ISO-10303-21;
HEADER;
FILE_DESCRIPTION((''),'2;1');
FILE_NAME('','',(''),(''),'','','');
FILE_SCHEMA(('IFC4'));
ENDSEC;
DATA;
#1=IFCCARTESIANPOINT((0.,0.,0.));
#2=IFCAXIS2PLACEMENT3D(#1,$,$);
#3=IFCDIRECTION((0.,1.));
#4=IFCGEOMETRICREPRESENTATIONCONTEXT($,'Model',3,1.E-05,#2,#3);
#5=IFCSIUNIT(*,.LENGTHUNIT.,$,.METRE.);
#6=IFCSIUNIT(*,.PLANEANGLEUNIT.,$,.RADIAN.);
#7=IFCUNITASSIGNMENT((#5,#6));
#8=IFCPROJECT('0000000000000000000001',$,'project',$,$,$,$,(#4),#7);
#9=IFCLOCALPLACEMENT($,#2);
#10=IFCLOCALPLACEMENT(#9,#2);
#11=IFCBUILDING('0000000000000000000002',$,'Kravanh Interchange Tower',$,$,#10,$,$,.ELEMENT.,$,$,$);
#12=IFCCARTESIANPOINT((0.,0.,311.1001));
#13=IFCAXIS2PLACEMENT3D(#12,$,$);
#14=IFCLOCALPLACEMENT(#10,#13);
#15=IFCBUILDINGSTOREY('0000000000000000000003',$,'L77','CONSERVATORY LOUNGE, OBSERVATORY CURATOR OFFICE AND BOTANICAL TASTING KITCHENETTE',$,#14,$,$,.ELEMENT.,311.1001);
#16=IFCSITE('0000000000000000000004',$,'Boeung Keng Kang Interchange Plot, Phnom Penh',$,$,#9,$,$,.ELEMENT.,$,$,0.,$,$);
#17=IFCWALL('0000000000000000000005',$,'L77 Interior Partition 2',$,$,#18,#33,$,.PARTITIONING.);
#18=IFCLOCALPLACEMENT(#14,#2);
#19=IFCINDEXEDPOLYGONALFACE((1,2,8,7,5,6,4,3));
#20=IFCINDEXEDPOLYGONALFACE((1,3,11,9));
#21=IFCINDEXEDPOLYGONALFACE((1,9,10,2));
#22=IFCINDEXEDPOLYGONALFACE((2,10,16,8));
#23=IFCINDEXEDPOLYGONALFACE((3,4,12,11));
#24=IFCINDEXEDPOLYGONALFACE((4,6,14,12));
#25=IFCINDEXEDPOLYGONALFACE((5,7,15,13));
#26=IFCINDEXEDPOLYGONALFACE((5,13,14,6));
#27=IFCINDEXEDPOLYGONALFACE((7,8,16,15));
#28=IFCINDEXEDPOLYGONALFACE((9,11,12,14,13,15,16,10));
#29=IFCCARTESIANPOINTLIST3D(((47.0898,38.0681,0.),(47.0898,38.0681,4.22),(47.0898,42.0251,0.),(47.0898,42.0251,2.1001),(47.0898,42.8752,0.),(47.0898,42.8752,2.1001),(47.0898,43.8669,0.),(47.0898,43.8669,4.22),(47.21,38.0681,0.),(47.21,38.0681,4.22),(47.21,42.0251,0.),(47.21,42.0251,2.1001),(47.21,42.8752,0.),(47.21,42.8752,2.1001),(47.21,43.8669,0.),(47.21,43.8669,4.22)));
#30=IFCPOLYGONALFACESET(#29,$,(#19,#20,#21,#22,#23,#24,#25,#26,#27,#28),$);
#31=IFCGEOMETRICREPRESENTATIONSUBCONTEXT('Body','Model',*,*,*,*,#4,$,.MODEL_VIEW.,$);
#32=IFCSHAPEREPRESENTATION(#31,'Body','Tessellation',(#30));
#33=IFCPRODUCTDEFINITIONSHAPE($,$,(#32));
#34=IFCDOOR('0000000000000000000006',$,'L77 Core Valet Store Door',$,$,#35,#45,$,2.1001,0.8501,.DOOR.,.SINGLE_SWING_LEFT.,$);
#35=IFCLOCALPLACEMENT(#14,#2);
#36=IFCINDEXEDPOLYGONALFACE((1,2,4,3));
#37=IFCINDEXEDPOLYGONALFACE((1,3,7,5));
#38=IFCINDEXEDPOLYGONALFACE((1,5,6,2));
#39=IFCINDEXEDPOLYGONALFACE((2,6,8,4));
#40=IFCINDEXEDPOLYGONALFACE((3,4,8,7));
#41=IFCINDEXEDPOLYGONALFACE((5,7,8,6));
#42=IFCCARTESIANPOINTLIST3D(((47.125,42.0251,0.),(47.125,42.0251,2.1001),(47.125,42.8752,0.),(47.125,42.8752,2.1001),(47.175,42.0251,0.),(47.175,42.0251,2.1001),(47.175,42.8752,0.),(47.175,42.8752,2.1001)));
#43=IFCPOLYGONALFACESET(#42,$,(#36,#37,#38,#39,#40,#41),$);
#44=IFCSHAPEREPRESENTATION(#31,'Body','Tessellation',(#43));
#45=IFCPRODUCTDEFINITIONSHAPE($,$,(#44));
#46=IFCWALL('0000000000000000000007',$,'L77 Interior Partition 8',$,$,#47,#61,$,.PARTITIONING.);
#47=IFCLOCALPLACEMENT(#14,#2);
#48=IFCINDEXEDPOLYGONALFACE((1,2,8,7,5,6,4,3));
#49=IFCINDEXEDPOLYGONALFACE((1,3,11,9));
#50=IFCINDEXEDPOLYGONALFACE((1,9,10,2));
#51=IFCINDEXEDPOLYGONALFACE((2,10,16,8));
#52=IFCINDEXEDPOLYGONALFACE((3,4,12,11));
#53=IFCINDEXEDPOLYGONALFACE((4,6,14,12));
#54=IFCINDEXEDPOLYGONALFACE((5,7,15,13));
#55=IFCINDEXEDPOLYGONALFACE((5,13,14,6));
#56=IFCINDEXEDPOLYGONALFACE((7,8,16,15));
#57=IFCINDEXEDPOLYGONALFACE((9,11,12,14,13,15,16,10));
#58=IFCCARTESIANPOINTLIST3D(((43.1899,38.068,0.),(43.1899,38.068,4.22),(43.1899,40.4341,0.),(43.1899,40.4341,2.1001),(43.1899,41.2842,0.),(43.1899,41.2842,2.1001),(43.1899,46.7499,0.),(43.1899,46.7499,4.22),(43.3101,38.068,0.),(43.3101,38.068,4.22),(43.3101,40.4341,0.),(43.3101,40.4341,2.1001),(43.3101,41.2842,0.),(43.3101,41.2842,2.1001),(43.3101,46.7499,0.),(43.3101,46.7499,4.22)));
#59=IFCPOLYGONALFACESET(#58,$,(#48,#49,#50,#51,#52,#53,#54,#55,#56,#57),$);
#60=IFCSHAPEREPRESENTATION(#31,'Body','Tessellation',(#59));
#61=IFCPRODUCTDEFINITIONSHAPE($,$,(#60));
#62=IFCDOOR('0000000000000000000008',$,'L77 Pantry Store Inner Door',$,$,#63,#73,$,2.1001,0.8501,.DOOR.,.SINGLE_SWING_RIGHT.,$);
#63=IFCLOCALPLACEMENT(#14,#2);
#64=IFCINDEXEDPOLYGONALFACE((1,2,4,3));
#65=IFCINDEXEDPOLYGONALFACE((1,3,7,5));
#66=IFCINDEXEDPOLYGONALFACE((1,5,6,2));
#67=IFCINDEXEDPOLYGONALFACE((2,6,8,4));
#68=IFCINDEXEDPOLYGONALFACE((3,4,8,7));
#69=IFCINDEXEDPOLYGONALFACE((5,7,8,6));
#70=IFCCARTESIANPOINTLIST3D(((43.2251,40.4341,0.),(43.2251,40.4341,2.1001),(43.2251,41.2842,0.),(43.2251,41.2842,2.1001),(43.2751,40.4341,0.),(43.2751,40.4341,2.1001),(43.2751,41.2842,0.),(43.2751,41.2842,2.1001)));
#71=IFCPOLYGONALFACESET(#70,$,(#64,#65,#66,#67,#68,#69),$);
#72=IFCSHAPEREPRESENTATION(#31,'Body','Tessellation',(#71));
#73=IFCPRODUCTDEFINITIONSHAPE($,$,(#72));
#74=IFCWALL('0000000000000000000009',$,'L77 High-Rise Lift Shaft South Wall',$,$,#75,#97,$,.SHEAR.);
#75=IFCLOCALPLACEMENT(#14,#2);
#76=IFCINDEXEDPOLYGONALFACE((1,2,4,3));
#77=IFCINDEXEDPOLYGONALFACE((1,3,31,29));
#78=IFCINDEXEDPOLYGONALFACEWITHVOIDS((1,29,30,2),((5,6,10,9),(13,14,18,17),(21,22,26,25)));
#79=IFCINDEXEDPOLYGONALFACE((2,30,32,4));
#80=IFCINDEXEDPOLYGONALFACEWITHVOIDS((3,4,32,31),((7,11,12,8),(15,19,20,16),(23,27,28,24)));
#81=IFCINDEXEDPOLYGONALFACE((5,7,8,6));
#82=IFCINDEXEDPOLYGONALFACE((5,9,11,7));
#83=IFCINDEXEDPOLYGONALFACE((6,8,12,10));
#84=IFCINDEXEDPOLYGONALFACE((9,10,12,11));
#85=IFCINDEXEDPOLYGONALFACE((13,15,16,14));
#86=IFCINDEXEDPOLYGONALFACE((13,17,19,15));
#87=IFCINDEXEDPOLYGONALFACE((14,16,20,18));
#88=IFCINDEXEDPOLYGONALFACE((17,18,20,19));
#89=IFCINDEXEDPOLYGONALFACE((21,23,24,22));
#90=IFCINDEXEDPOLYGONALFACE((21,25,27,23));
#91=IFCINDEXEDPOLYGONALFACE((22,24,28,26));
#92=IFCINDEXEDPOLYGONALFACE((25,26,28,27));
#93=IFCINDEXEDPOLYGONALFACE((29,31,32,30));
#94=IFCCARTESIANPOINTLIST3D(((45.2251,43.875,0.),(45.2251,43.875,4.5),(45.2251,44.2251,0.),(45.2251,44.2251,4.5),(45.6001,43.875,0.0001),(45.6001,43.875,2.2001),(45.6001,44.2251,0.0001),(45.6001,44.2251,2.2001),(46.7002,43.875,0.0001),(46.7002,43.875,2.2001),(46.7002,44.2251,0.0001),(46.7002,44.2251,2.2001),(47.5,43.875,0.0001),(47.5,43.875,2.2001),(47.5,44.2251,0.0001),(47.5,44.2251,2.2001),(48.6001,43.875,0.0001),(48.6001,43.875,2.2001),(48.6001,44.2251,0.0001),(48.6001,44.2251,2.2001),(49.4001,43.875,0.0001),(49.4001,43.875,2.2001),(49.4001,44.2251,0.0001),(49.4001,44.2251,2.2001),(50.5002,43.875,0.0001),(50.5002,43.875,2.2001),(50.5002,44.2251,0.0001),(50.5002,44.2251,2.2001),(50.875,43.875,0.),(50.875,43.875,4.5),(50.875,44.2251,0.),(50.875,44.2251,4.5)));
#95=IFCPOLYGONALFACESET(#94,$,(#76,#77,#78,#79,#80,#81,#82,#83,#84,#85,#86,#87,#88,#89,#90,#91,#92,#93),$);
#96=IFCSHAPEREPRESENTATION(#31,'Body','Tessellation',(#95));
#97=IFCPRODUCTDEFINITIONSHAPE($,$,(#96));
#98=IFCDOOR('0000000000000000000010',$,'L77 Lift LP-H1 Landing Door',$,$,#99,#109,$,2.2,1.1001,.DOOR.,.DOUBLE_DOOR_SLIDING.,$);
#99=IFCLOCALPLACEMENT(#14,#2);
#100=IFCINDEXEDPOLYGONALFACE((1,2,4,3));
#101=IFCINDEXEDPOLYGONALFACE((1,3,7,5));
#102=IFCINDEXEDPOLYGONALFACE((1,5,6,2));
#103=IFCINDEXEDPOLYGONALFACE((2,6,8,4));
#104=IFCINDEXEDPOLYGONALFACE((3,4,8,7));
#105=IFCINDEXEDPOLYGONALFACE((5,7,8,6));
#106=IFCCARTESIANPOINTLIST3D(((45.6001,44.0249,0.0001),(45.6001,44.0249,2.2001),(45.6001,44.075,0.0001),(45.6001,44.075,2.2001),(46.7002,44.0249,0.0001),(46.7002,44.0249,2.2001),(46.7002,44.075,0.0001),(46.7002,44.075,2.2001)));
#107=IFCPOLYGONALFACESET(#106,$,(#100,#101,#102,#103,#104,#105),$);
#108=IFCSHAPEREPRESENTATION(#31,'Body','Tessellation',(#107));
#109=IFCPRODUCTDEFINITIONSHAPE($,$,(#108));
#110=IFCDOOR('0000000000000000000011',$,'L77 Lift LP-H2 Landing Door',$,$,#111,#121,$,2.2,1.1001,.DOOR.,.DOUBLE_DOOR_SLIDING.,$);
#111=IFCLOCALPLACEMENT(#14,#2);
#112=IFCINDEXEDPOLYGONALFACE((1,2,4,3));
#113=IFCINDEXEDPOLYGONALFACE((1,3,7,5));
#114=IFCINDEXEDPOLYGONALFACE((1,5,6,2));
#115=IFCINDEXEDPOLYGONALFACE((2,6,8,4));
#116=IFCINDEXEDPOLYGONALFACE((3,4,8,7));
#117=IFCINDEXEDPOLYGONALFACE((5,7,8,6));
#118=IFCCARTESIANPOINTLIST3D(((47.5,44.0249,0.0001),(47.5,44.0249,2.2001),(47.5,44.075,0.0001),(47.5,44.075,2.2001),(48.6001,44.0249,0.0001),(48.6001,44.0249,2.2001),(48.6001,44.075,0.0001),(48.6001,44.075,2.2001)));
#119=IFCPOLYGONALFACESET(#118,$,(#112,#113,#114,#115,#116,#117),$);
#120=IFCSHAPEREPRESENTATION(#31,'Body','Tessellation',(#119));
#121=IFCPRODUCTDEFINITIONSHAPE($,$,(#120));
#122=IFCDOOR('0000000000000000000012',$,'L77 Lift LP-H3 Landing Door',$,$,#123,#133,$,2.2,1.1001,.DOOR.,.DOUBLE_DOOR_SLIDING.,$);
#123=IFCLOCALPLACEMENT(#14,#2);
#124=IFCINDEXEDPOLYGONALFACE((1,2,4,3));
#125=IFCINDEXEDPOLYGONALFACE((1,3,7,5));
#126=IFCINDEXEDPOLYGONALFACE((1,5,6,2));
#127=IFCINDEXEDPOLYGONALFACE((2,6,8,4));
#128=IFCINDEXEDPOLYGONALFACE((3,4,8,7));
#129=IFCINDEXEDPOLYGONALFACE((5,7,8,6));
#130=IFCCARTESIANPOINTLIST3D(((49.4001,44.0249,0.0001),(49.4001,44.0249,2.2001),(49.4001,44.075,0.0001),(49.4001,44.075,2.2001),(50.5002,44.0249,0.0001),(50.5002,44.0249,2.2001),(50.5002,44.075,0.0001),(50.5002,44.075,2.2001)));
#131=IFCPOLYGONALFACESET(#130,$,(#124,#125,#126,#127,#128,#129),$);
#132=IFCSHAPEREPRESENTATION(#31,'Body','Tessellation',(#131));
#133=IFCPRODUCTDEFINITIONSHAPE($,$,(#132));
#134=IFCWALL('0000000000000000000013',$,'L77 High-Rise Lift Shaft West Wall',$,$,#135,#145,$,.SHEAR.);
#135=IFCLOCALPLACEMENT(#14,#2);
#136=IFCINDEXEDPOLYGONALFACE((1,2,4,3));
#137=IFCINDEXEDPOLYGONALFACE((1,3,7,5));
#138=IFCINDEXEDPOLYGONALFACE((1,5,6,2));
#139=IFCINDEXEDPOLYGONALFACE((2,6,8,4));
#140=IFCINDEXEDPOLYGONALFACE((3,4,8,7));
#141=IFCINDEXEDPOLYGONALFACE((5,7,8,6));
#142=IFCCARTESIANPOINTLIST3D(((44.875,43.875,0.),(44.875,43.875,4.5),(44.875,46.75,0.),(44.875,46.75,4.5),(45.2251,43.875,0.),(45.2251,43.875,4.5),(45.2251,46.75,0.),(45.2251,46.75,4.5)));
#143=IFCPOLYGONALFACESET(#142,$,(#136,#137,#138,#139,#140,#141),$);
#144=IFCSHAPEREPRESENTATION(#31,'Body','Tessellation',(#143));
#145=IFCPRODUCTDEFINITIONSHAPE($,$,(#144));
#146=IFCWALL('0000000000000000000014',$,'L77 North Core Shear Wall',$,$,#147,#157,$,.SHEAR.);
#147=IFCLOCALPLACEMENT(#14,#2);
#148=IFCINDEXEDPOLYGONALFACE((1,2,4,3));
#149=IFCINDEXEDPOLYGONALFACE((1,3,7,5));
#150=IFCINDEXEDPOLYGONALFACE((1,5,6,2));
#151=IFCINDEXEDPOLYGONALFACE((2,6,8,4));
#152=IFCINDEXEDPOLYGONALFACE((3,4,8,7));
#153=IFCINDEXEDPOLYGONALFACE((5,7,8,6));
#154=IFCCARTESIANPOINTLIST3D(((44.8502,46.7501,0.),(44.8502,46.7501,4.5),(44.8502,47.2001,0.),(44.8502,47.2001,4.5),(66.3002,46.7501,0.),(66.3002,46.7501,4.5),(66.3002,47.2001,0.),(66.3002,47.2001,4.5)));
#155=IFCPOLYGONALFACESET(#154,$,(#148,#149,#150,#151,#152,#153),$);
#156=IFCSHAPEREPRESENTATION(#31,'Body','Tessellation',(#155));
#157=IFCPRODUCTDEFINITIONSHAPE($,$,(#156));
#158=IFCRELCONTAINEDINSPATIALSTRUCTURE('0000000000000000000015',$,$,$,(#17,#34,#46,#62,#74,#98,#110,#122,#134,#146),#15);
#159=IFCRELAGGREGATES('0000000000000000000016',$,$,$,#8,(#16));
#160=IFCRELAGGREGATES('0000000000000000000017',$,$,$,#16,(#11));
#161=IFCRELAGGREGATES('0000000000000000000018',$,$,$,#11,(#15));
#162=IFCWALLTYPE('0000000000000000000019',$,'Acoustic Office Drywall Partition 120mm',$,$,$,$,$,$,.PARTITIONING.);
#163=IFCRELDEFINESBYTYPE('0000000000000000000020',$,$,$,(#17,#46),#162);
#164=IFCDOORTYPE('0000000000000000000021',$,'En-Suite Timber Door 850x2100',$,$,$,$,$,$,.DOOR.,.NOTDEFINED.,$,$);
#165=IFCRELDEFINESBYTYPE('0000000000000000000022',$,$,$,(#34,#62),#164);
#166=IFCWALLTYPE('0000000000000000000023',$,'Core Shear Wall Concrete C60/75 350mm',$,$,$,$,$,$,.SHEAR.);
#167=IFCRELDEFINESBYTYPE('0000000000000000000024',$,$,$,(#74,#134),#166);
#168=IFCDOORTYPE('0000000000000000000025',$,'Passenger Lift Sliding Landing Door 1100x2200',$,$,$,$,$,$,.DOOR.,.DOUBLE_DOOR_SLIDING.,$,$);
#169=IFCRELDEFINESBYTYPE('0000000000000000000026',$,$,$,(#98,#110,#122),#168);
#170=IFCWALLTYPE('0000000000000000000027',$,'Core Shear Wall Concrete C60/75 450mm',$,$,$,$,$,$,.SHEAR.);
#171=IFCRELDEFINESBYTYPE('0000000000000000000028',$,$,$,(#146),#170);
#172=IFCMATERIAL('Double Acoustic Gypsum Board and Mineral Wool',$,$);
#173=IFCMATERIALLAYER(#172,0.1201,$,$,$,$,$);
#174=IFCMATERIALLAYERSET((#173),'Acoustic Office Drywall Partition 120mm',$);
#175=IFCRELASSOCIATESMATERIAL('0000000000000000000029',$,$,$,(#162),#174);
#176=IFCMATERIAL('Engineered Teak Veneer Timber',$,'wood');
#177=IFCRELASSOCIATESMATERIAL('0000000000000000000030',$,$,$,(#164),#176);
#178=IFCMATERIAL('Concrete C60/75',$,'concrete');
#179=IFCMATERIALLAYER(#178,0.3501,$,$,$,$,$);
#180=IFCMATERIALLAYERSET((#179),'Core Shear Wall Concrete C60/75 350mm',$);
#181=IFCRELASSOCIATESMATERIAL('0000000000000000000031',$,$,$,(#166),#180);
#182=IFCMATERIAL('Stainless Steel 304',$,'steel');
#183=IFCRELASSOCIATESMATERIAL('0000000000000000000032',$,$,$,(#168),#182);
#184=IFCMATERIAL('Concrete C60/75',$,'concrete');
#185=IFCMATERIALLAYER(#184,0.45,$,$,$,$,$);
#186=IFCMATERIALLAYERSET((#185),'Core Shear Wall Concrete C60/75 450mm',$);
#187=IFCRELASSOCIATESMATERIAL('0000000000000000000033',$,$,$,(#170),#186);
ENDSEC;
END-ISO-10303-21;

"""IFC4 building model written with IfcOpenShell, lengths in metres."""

from ifc_helpers import new_model, si_unit, direction, frame, frame_2d, origin, place, context, subcontext, project, spatial, rectangle, extrude, material, layer, layer_set, type_object, element, fill, save


model = new_model("IFC4")

# Units and contexts
model_context = context("Model", 3, precision=1e-05, world=origin(), true_north=direction((0.0, 1.0)))
body_context = subcontext(model_context, "Body", "Model", "MODEL_VIEW")
ifc_project = project(units=[si_unit("LENGTHUNIT", "METRE"), si_unit("PLANEANGLEUNIT", "RADIAN")], contexts=[model_context])

# Site, building, storey
site_placement = place(None, origin())
site = spatial("IfcSite", under=ifc_project, at=site_placement, Name="Boeung Keng Kang Interchange Plot, Phnom Penh", CompositionType="ELEMENT", RefElevation=0.0)
building_placement = place(site_placement, origin())
building = spatial("IfcBuilding", under=site, at=building_placement, Name="Kravanh Interchange Tower", CompositionType="ELEMENT")
storey_placement = place(building_placement, frame((0.0, 0.0, 311.1001)))
storey = spatial("IfcBuildingStorey", under=building, at=storey_placement, Name="L77", Description="CONSERVATORY LOUNGE, OBSERVATORY CURATOR OFFICE AND BOTANICAL TASTING KITCHENETTE", CompositionType="ELEMENT", Elevation=311.1001)

# Walls, openings, doors
ifc_material_1 = material(Name="Double Acoustic Gypsum Board and Mineral Wool")
ifc_layer_1 = layer(ifc_material_1, 0.1201)
ifc_layer_set_1 = layer_set([ifc_layer_1], Name="Acoustic Office Drywall Partition 120mm")
wall_type_1 = type_object("IfcWallType", Name="Acoustic Office Drywall Partition 120mm", PredefinedType="PARTITIONING", material=ifc_layer_set_1)
wall_1_placement = place(storey_placement, frame((47.1499, 38.0681, 0.0), z_axis=(0.0, 0.0, 1.0), x_axis=(0.0, 1.0, 0.0)))
wall_1 = element("IfcWall", 1, at=wall_1_placement, inside=storey, type_object=wall_type_1, Name="L77 Interior Partition 2", PredefinedType="PARTITIONING", context=body_context, shape_type="SweptSolid", body=[
    extrude(rectangle(XDim=5.7988, YDim=0.1201, at=frame_2d((2.8994, 0.0))), origin(), (0.0, 0.0, 1.0), 4.22),
])
opening_1_placement = place(wall_1_placement, frame((3.957, 0.0, 0.0)))
opening_1 = element("IfcOpeningElement", 2, at=opening_1_placement, cuts=wall_1, PredefinedType="OPENING", context=body_context, shape_type="SweptSolid", body=[
    extrude(rectangle(XDim=0.8501, YDim=2.1001, at=frame_2d((0.425, 1.05))), frame((0.0, 0.0701, 0.0), z_axis=(0.0, -1.0, 0.0), x_axis=(1.0, 0.0, 0.0)), (0.0, 0.0, 1.0), 0.1401),
])
ifc_material_2 = material(Name="Engineered Teak Veneer Timber", Category="wood")
door_type_1 = type_object("IfcDoorType", Name="En-Suite Timber Door 850x2100", OperationType="NOTDEFINED", PredefinedType="DOOR", material=ifc_material_2)
door_1_placement = place(opening_1_placement, origin())
door_1 = element("IfcDoor", 3, at=door_1_placement, inside=storey, type_object=door_type_1, Name="L77 Core Valet Store Door", OperationType="SINGLE_SWING_LEFT", OverallHeight=2.1001, OverallWidth=0.8501, PredefinedType="DOOR", context=body_context, shape_type="SweptSolid", body=[
    extrude(rectangle(XDim=0.8501, YDim=2.1001, at=frame_2d((0.425, 1.05))), frame((0.0, 0.0249, 0.0), z_axis=(0.0, -1.0, 0.0), x_axis=(1.0, 0.0, 0.0)), (0.0, 0.0, 1.0), 0.05),
])
fill(opening_1, door_1)
wall_2_placement = place(storey_placement, frame((43.25, 38.0681, 0.0), z_axis=(0.0, 0.0, 1.0), x_axis=(0.0, 1.0, 0.0)))
wall_2 = element("IfcWall", 4, at=wall_2_placement, inside=storey, type_object=wall_type_1, Name="L77 Interior Partition 8", PredefinedType="PARTITIONING", context=body_context, shape_type="SweptSolid", body=[
    extrude(rectangle(XDim=8.6819, YDim=0.1201, at=frame_2d((4.3408, 0.0))), origin(), (0.0, 0.0, 1.0), 4.22),
])
opening_2_placement = place(wall_2_placement, frame((2.366, 0.0, 0.0)))
opening_2 = element("IfcOpeningElement", 5, at=opening_2_placement, cuts=wall_2, PredefinedType="OPENING", context=body_context, shape_type="SweptSolid", body=[
    extrude(rectangle(XDim=0.8501, YDim=2.1001, at=frame_2d((0.425, 1.05))), frame((0.0, 0.0701, 0.0), z_axis=(0.0, -1.0, 0.0), x_axis=(1.0, 0.0, 0.0)), (0.0, 0.0, 1.0), 0.1401),
])
door_2_placement = place(opening_2_placement, origin())
door_2 = element("IfcDoor", 6, at=door_2_placement, inside=storey, type_object=door_type_1, Name="L77 Pantry Store Inner Door", OperationType="SINGLE_SWING_RIGHT", OverallHeight=2.1001, OverallWidth=0.8501, PredefinedType="DOOR", context=body_context, shape_type="SweptSolid", body=[
    extrude(rectangle(XDim=0.8501, YDim=2.1001, at=frame_2d((0.425, 1.05))), frame((0.0, 0.0249, 0.0), z_axis=(0.0, -1.0, 0.0), x_axis=(1.0, 0.0, 0.0)), (0.0, 0.0, 1.0), 0.05),
])
fill(opening_2, door_2)

# Wall, openings, doors
ifc_material_3 = material(Name="Concrete C60/75", Category="concrete")
ifc_layer_2 = layer(ifc_material_3, 0.3501)
ifc_layer_set_2 = layer_set([ifc_layer_2], Name="Core Shear Wall Concrete C60/75 350mm")
wall_type_2 = type_object("IfcWallType", Name="Core Shear Wall Concrete C60/75 350mm", PredefinedType="SHEAR", material=ifc_layer_set_2)
wall_3_placement = place(storey_placement, frame((45.2251, 44.05, 0.0), z_axis=(0.0, 0.0, 1.0), x_axis=(1.0, 0.0, 0.0)))
wall_3 = element("IfcWall", 7, at=wall_3_placement, inside=storey, type_object=wall_type_2, Name="L77 High-Rise Lift Shaft South Wall", PredefinedType="SHEAR", context=body_context, shape_type="SweptSolid", body=[
    extrude(rectangle(XDim=5.6499, YDim=0.3501, at=frame_2d((2.825, 0.0))), origin(), (0.0, 0.0, 1.0), 4.5),
])
opening_3_placement = place(wall_3_placement, frame((0.375, 0.0, 0.0)))
opening_3 = element("IfcOpeningElement", 8, at=opening_3_placement, cuts=wall_3, PredefinedType="OPENING", context=body_context, shape_type="SweptSolid", body=[
    extrude(rectangle(XDim=1.1001, YDim=2.2, at=frame_2d((0.55, 1.1001))), frame((0.0, 0.1851, 0.0), z_axis=(0.0, -1.0, 0.0), x_axis=(1.0, 0.0, 0.0)), (0.0, 0.0, 1.0), 0.3701),
])
opening_4_placement = place(wall_3_placement, frame((2.2749, 0.0, 0.0)))
opening_4 = element("IfcOpeningElement", 9, at=opening_4_placement, cuts=wall_3, PredefinedType="OPENING", context=body_context, shape_type="SweptSolid", body=[
    extrude(rectangle(XDim=1.1001, YDim=2.2, at=frame_2d((0.55, 1.1001))), frame((0.0, 0.1851, 0.0), z_axis=(0.0, -1.0, 0.0), x_axis=(1.0, 0.0, 0.0)), (0.0, 0.0, 1.0), 0.3701),
])
opening_5_placement = place(wall_3_placement, frame((4.175, 0.0, 0.0)))
opening_5 = element("IfcOpeningElement", 10, at=opening_5_placement, cuts=wall_3, PredefinedType="OPENING", context=body_context, shape_type="SweptSolid", body=[
    extrude(rectangle(XDim=1.1001, YDim=2.2, at=frame_2d((0.55, 1.1001))), frame((0.0, 0.1851, 0.0), z_axis=(0.0, -1.0, 0.0), x_axis=(1.0, 0.0, 0.0)), (0.0, 0.0, 1.0), 0.3701),
])
ifc_material_4 = material(Name="Stainless Steel 304", Category="steel")
door_type_2 = type_object("IfcDoorType", Name="Passenger Lift Sliding Landing Door 1100x2200", OperationType="DOUBLE_DOOR_SLIDING", PredefinedType="DOOR", material=ifc_material_4)
door_3_placement = place(opening_3_placement, origin())
door_3 = element("IfcDoor", 11, at=door_3_placement, inside=storey, type_object=door_type_2, Name="L77 Lift LP-H1 Landing Door", OperationType="DOUBLE_DOOR_SLIDING", OverallHeight=2.2, OverallWidth=1.1001, PredefinedType="DOOR", context=body_context, shape_type="SweptSolid", body=[
    extrude(rectangle(XDim=1.1001, YDim=2.2, at=frame_2d((0.55, 1.1001))), frame((0.0, 0.0249, 0.0), z_axis=(0.0, -1.0, 0.0), x_axis=(1.0, 0.0, 0.0)), (0.0, 0.0, 1.0), 0.05),
])
fill(opening_3, door_3)
door_4_placement = place(opening_4_placement, origin())
door_4 = element("IfcDoor", 12, at=door_4_placement, inside=storey, type_object=door_type_2, Name="L77 Lift LP-H2 Landing Door", OperationType="DOUBLE_DOOR_SLIDING", OverallHeight=2.2, OverallWidth=1.1001, PredefinedType="DOOR", context=body_context, shape_type="SweptSolid", body=[
    extrude(rectangle(XDim=1.1001, YDim=2.2, at=frame_2d((0.55, 1.1001))), frame((0.0, 0.0249, 0.0), z_axis=(0.0, -1.0, 0.0), x_axis=(1.0, 0.0, 0.0)), (0.0, 0.0, 1.0), 0.05),
])
fill(opening_4, door_4)
door_5_placement = place(opening_5_placement, origin())
door_5 = element("IfcDoor", 13, at=door_5_placement, inside=storey, type_object=door_type_2, Name="L77 Lift LP-H3 Landing Door", OperationType="DOUBLE_DOOR_SLIDING", OverallHeight=2.2, OverallWidth=1.1001, PredefinedType="DOOR", context=body_context, shape_type="SweptSolid", body=[
    extrude(rectangle(XDim=1.1001, YDim=2.2, at=frame_2d((0.55, 1.1001))), frame((0.0, 0.0249, 0.0), z_axis=(0.0, -1.0, 0.0), x_axis=(1.0, 0.0, 0.0)), (0.0, 0.0, 1.0), 0.05),
])
fill(opening_5, door_5)

# Walls
wall_4_placement = place(storey_placement, frame((45.05, 43.875, 0.0), z_axis=(0.0, 0.0, 1.0), x_axis=(0.0, 1.0, 0.0)))
element("IfcWall", 14, at=wall_4_placement, inside=storey, type_object=wall_type_2, Name="L77 High-Rise Lift Shaft West Wall", PredefinedType="SHEAR", context=body_context, shape_type="SweptSolid", body=[
    extrude(rectangle(XDim=2.875, YDim=0.3501, at=frame_2d((1.4375, 0.0))), origin(), (0.0, 0.0, 1.0), 4.5),
])
ifc_material_5 = material(Name="Concrete C60/75", Category="concrete")
ifc_layer_3 = layer(ifc_material_5, 0.45)
ifc_layer_set_3 = layer_set([ifc_layer_3], Name="Core Shear Wall Concrete C60/75 450mm")
wall_type_3 = type_object("IfcWallType", Name="Core Shear Wall Concrete C60/75 450mm", PredefinedType="SHEAR", material=ifc_layer_set_3)
wall_5_placement = place(storey_placement, frame((44.8501, 46.9751, 0.0), z_axis=(0.0, 0.0, 1.0), x_axis=(1.0, 0.0, 0.0)))
element("IfcWall", 15, at=wall_5_placement, inside=storey, type_object=wall_type_3, Name="L77 North Core Shear Wall", PredefinedType="SHEAR", context=body_context, shape_type="SweptSolid", body=[
    extrude(rectangle(XDim=21.45, YDim=0.45, at=frame_2d((10.7251, 0.0))), origin(), (0.0, 0.0, 1.0), 4.5),
])

save(model, "model.ifc")
